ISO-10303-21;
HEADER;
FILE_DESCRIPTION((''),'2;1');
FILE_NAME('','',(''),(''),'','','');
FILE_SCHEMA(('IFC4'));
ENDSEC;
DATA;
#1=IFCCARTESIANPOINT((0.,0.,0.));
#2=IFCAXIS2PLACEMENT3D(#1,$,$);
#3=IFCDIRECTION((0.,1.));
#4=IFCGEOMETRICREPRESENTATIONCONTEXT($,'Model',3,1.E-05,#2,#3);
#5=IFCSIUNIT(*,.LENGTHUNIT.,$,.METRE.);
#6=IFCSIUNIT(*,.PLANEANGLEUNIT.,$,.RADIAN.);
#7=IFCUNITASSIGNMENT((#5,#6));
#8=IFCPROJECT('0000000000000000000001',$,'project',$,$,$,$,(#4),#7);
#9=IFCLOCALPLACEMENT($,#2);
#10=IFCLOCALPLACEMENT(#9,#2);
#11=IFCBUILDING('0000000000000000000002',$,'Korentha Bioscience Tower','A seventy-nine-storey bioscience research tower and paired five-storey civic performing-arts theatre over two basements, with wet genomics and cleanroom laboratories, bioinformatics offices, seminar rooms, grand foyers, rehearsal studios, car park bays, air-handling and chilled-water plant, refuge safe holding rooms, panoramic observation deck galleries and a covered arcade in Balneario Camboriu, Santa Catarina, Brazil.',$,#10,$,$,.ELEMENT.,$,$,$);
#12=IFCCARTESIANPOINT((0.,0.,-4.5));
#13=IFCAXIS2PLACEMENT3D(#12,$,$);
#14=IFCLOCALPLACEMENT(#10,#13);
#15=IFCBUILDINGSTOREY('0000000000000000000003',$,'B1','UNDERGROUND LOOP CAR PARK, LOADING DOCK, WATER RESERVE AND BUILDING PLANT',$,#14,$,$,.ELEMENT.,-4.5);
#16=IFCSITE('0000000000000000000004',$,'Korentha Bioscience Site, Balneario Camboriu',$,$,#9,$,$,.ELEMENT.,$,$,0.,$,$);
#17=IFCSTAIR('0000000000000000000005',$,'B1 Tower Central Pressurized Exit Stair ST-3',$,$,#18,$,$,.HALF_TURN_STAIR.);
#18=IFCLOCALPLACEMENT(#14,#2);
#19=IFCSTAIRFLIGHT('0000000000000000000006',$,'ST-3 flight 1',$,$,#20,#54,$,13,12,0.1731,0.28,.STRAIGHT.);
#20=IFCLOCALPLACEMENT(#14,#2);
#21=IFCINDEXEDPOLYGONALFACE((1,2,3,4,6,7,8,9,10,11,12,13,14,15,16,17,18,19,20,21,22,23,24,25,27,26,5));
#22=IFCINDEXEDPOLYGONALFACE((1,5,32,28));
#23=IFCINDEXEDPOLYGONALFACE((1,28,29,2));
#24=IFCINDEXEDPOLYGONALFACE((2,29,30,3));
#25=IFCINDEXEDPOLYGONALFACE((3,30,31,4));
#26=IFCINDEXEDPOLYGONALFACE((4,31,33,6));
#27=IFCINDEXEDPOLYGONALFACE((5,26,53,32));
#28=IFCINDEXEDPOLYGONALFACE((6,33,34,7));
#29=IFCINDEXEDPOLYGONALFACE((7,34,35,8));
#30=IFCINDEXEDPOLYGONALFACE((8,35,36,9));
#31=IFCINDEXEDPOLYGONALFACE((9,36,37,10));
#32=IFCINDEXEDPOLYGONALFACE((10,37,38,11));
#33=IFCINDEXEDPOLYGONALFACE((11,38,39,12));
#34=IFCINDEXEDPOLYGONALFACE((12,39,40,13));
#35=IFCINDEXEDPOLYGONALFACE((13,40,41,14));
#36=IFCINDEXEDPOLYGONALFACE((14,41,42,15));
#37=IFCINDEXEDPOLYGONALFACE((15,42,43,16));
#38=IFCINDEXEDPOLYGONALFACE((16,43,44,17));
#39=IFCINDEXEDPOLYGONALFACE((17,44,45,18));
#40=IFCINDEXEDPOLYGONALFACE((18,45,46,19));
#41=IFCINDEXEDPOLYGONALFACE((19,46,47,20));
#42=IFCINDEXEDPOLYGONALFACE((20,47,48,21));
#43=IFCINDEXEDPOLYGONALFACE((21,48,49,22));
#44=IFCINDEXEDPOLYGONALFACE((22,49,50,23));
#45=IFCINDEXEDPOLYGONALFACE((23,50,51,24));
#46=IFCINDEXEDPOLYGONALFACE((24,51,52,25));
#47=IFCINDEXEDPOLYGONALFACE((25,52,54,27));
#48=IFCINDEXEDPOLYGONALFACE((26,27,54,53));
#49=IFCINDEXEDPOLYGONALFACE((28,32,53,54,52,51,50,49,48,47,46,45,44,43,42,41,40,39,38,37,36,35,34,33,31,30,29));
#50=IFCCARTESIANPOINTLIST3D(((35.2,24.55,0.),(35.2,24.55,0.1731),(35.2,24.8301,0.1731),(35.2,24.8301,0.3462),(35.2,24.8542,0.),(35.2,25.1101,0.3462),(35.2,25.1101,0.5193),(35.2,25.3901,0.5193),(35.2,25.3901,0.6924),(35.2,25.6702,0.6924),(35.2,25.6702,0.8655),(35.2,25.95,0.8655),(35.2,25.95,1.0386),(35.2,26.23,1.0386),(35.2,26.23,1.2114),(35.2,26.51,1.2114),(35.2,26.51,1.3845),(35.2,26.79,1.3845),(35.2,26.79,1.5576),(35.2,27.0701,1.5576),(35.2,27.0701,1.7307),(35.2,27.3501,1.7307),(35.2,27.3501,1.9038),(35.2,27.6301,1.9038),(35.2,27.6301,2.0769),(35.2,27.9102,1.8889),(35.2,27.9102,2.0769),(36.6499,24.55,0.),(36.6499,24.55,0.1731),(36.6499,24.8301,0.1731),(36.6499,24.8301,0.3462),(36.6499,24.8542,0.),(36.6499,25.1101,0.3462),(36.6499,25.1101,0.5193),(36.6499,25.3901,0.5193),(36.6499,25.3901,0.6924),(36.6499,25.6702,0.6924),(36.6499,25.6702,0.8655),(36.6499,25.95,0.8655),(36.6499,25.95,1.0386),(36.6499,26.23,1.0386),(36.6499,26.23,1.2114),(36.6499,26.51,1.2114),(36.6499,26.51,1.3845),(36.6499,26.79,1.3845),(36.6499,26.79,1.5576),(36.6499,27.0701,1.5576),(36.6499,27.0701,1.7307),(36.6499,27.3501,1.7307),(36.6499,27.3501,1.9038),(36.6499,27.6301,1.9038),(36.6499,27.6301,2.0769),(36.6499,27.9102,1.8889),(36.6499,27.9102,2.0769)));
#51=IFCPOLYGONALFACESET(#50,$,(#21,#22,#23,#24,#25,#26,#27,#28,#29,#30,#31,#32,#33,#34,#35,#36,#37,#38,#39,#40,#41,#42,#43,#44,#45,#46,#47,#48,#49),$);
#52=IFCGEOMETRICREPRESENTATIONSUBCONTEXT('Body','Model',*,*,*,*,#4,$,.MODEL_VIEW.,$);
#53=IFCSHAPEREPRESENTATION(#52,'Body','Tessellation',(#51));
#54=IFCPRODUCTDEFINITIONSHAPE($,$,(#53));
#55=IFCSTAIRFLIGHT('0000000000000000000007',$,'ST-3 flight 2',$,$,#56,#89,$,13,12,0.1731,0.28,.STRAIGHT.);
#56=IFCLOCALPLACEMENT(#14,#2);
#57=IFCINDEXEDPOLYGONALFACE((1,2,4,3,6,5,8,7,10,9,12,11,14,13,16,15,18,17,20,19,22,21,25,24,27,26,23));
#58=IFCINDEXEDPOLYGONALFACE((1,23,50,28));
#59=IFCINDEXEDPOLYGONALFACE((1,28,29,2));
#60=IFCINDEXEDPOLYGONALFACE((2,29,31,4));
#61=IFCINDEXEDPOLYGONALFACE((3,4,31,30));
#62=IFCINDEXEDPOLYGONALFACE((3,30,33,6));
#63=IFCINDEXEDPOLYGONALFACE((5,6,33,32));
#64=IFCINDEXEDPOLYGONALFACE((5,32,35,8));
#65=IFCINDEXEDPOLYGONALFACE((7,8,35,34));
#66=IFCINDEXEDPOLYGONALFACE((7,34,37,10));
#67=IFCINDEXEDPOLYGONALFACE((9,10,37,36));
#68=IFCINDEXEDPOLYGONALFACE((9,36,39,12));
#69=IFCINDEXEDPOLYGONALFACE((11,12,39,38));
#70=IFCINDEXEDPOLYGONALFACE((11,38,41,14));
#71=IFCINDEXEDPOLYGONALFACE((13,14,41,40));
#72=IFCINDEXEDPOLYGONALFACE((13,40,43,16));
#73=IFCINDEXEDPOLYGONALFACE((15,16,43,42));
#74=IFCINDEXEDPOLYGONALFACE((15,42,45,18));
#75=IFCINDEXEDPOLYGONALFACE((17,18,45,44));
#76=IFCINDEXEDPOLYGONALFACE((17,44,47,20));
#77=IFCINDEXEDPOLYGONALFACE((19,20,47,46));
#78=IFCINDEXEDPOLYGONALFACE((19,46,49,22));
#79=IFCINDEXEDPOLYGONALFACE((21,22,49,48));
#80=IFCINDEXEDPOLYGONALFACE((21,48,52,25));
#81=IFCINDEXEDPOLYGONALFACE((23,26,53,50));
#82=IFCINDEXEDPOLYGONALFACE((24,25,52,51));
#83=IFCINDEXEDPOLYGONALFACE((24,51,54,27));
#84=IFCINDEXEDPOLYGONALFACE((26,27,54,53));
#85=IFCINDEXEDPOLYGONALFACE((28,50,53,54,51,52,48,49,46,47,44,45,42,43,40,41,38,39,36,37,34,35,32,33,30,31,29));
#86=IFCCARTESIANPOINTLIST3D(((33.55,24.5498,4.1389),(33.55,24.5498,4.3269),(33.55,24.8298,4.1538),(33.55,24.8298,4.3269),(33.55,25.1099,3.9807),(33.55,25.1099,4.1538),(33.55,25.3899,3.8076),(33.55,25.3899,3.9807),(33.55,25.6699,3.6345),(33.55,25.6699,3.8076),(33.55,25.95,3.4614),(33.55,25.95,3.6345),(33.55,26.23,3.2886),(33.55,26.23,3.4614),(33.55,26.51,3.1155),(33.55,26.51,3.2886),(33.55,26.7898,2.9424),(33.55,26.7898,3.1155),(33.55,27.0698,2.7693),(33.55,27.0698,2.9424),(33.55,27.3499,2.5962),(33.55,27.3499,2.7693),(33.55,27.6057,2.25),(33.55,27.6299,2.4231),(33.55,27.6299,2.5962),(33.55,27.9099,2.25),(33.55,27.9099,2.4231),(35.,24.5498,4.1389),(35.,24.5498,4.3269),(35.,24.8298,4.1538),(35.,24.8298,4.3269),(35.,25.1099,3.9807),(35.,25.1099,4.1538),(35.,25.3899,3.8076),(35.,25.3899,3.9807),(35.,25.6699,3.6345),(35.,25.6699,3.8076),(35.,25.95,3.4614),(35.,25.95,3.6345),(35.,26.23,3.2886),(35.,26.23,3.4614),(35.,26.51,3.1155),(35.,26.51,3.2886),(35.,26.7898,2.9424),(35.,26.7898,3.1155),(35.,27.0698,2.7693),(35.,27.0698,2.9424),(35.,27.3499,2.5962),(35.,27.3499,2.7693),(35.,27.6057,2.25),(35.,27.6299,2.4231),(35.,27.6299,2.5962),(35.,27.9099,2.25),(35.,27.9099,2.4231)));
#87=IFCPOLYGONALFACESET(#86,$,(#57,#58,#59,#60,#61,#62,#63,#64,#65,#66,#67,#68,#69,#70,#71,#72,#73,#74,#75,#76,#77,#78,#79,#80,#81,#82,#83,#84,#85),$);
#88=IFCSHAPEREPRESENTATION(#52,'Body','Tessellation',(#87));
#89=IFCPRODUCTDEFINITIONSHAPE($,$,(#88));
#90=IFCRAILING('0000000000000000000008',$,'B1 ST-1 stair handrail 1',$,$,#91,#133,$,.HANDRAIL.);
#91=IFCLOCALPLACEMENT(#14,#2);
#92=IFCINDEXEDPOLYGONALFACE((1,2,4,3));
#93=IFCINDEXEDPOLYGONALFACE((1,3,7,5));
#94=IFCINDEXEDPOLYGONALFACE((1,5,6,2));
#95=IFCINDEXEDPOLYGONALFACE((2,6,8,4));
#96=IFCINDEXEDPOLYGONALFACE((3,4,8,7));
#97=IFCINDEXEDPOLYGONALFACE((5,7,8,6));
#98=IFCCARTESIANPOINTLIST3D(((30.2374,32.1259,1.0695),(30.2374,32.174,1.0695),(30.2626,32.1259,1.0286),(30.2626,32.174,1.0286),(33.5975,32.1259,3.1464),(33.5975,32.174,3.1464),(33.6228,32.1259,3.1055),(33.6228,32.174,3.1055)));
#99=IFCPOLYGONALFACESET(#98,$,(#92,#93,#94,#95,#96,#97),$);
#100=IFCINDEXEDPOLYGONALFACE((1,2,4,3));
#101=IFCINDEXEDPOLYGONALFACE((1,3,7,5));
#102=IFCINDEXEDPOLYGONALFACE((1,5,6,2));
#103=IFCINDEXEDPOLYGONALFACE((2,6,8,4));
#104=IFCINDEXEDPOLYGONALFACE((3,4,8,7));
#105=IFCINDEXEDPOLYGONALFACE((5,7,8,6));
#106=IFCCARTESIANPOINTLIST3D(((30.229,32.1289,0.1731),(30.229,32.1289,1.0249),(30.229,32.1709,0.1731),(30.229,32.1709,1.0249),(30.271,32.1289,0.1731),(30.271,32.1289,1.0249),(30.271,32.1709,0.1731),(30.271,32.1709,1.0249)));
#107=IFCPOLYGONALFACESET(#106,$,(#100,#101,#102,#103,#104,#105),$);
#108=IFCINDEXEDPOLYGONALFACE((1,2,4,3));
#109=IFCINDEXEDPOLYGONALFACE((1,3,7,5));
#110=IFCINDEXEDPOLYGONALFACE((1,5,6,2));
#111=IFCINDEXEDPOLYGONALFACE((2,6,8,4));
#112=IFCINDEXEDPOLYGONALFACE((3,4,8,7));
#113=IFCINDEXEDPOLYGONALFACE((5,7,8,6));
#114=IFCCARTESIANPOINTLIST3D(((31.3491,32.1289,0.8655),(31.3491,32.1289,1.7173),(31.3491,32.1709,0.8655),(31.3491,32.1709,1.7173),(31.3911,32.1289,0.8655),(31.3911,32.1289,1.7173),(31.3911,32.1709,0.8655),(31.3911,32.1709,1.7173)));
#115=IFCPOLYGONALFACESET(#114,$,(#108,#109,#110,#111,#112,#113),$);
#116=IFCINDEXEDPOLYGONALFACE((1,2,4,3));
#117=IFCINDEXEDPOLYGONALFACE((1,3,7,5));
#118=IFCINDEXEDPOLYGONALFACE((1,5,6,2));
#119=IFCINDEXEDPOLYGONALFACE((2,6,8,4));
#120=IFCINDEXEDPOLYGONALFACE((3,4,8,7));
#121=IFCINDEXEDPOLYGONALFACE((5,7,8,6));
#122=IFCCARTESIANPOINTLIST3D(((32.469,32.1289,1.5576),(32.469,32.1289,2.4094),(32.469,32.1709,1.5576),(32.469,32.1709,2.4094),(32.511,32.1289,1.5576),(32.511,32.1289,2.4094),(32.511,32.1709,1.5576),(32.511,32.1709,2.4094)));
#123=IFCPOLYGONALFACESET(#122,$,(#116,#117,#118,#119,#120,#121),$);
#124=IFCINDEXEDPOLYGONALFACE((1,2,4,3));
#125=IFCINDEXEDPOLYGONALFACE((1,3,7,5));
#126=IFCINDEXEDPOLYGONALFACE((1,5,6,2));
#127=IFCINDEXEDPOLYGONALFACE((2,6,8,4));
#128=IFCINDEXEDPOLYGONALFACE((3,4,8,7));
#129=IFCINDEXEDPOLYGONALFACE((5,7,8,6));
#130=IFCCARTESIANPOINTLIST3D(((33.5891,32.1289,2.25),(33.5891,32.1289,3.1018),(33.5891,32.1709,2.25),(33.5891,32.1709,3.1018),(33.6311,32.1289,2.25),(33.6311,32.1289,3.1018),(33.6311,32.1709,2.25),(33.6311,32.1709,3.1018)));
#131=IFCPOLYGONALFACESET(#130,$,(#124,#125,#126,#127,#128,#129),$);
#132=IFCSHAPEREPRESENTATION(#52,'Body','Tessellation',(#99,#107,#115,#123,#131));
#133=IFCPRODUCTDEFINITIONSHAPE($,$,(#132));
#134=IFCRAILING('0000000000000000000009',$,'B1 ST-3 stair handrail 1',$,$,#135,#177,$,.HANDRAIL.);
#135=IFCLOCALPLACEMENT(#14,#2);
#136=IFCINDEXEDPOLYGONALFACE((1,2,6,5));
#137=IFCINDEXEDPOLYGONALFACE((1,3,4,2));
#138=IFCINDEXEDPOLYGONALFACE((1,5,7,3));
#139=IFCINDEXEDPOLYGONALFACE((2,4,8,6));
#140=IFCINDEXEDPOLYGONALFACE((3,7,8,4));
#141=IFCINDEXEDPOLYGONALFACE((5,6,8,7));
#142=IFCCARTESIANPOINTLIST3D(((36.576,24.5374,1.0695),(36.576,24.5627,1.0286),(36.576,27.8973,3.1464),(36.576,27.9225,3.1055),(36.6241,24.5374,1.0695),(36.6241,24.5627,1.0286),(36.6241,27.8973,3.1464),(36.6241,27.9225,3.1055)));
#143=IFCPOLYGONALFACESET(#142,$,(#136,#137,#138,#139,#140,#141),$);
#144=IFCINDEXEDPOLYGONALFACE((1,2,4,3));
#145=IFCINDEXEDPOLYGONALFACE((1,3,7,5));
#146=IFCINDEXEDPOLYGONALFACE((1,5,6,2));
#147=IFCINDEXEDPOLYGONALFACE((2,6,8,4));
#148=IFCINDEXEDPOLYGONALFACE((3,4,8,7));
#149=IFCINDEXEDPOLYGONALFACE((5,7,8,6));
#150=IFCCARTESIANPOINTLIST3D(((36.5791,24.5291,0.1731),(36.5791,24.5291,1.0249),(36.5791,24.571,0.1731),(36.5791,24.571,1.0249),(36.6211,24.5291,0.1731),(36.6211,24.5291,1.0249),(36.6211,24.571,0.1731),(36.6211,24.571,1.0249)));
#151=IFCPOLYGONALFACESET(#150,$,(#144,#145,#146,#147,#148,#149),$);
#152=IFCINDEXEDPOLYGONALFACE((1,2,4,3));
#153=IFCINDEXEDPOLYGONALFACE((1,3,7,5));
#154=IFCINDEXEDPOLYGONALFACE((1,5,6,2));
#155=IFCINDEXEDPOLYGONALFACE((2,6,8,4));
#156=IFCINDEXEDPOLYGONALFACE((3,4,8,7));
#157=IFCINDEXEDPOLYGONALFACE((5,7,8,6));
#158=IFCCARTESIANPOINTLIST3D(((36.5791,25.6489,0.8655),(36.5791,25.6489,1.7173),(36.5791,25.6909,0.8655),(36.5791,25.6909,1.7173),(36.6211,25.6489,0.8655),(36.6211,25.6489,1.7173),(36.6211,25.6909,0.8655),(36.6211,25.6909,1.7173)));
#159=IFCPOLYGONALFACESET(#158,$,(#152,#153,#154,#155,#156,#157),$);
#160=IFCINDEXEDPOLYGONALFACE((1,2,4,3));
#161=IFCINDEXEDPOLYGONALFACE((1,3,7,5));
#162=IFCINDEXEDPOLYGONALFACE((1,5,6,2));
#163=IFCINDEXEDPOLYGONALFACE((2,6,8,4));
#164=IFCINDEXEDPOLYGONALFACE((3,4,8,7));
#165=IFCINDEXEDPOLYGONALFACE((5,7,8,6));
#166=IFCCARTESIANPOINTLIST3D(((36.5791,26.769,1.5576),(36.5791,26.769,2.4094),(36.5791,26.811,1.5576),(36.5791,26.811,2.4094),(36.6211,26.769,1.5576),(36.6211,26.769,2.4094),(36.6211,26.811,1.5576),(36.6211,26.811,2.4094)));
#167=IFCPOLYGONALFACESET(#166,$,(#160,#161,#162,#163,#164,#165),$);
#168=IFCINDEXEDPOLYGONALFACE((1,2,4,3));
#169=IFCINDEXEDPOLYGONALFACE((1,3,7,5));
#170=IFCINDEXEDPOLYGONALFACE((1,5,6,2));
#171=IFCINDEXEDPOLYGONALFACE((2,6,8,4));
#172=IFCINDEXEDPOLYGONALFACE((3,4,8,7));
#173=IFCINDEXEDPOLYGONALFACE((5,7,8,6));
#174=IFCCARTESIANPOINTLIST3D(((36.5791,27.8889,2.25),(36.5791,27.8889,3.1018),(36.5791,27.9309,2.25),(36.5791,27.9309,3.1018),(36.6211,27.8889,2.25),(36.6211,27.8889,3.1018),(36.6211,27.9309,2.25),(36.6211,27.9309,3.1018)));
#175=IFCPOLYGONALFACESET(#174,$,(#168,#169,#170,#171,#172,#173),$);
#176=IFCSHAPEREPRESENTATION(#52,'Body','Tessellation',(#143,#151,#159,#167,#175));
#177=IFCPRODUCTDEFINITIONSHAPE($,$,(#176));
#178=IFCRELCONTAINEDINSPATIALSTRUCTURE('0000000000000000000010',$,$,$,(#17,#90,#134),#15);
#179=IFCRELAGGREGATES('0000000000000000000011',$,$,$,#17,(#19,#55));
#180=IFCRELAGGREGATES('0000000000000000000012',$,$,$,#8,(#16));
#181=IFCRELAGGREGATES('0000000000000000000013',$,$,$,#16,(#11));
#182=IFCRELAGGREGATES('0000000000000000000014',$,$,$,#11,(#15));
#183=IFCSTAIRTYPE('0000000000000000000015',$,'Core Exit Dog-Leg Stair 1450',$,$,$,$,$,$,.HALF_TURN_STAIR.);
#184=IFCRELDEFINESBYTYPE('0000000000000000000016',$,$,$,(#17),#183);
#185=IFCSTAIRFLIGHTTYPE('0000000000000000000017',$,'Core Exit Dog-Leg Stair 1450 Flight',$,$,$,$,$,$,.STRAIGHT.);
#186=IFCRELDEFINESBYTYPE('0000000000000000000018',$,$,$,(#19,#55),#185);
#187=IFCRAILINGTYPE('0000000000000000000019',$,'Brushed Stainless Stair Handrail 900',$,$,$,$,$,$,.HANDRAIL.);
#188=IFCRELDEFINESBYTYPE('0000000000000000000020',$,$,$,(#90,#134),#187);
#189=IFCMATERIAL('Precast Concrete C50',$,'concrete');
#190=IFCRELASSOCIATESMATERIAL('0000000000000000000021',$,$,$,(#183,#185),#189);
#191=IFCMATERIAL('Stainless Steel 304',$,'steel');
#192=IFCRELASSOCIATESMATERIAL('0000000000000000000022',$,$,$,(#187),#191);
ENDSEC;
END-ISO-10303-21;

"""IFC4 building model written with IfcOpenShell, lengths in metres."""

from ifc_helpers import new_model, si_unit, direction, frame, origin, origin_2d, place, context, subcontext, project, spatial, polyline, rectangle, outline, extrude, material, type_object, element, aggregate, save


model = new_model("IFC4")

# Units and contexts
model_context = context("Model", 3, precision=1e-05, world=origin(), true_north=direction((0.0, 1.0)))
body_context = subcontext(model_context, "Body", "Model", "MODEL_VIEW")
ifc_project = project(units=[si_unit("LENGTHUNIT", "METRE"), si_unit("PLANEANGLEUNIT", "RADIAN")], contexts=[model_context])

# Site, building, storey
site_placement = place(None, origin())
site = spatial("IfcSite", under=ifc_project, at=site_placement, Name="Korentha Bioscience Site, Balneario Camboriu", CompositionType="ELEMENT", RefElevation=0.0)
building_placement = place(site_placement, origin())
building = spatial("IfcBuilding", under=site, at=building_placement, Name="Korentha Bioscience Tower", Description="A seventy-nine-storey bioscience research tower and paired five-storey civic performing-arts theatre over two basements, with wet genomics and cleanroom laboratories, bioinformatics offices, seminar rooms, grand foyers, rehearsal studios, car park bays, air-handling and chilled-water plant, refuge safe holding rooms, panoramic observation deck galleries and a covered arcade in Balneario Camboriu, Santa Catarina, Brazil.", CompositionType="ELEMENT")
storey_placement = place(building_placement, frame((0.0, 0.0, -4.5)))
storey = spatial("IfcBuildingStorey", under=building, at=storey_placement, Name="B1", Description="UNDERGROUND LOOP CAR PARK, LOADING DOCK, WATER RESERVE AND BUILDING PLANT", CompositionType="ELEMENT", Elevation=-4.5)

# Shared definitions
ifc_material_1 = material(Name="Precast Concrete C50", Category="concrete")
stair_type = type_object("IfcStairType", Name="Core Exit Dog-Leg Stair 1450", PredefinedType="HALF_TURN_STAIR", material=ifc_material_1)
stair_flight_type = type_object("IfcStairFlightType", Name="Core Exit Dog-Leg Stair 1450 Flight", PredefinedType="STRAIGHT", material=ifc_material_1)

# Stair, stair flights
stair_1_placement = place(storey_placement, origin())
stair_1 = element("IfcStair", 1, at=stair_1_placement, inside=storey, type_object=stair_type, Name="B1 Tower Central Pressurized Exit Stair ST-3", PredefinedType="HALF_TURN_STAIR")
stair_flight_1_placement = place(storey_placement, frame((35.925, 24.55, 0.0), z_axis=(0.0, 0.0, 1.0), x_axis=(0.0, 1.0, 0.0)))
stair_flight_1 = element("IfcStairFlight", 2, at=stair_flight_1_placement, type_object=stair_flight_type, Name="ST-3 flight 1", NumberOfRisers=13, NumberOfTreads=12, PredefinedType="STRAIGHT", RiserHeight=0.1731, TreadLength=0.28, context=body_context, shape_type="SweptSolid", body=[
    extrude(outline(polyline([(0.0, 0.0), (0.0, 0.1731), (0.28, 0.1731), (0.28, 0.3462), (0.5601, 0.3462), (0.5601, 0.5193), (0.8401, 0.5193), (0.8401, 0.6924), (1.1201, 0.6924), (1.1201, 0.8655), (1.3999, 0.8655), (1.3999, 1.0386), (1.6799, 1.0386), (1.6799, 1.2114), (1.96, 1.2114), (1.96, 1.3845), (2.24, 1.3845), (2.24, 1.5576), (2.52, 1.5576), (2.52, 1.7307), (2.8, 1.7307), (2.8, 1.9038), (3.0801, 1.9038), (3.0801, 2.0769), (3.3601, 2.0769), (3.3601, 2.25), (3.3601, 1.8889), (0.3042, 0.0), (0.0, 0.0)])), frame((0.0, 0.7251, 0.0), z_axis=(0.0, -1.0, 0.0), x_axis=(1.0, 0.0, 0.0)), (0.0, 0.0, 1.0), 1.45),
])
stair_flight_2_placement = place(storey_placement, frame((34.2749, 27.9099, 2.25), z_axis=(0.0, 0.0, 1.0), x_axis=(0.0, -1.0, 0.0)))
stair_flight_2 = element("IfcStairFlight", 3, at=stair_flight_2_placement, type_object=stair_flight_type, Name="ST-3 flight 2", NumberOfRisers=13, NumberOfTreads=12, PredefinedType="STRAIGHT", RiserHeight=0.1731, TreadLength=0.28, context=body_context, shape_type="SweptSolid", body=[
    extrude(outline(polyline([(0.0, 0.0), (0.0, 0.1731), (0.28, 0.1731), (0.28, 0.3462), (0.5601, 0.3462), (0.5601, 0.5193), (0.8401, 0.5193), (0.8401, 0.6924), (1.1201, 0.6924), (1.1201, 0.8655), (1.3999, 0.8655), (1.3999, 1.0386), (1.6799, 1.0386), (1.6799, 1.2114), (1.96, 1.2114), (1.96, 1.3845), (2.24, 1.3845), (2.24, 1.5576), (2.52, 1.5576), (2.52, 1.7307), (2.8, 1.7307), (2.8, 1.9038), (3.0801, 1.9038), (3.0801, 2.0769), (3.3601, 2.0769), (3.3601, 2.25), (3.3601, 1.8889), (0.3042, 0.0), (0.0, 0.0)])), frame((0.0, 0.7251, 0.0), z_axis=(0.0, -1.0, 0.0), x_axis=(1.0, 0.0, 0.0)), (0.0, 0.0, 1.0), 1.45),
])
aggregate(stair_1, [stair_flight_1, stair_flight_2])

# Railings
ifc_material_2 = material(Name="Stainless Steel 304", Category="steel")
railing_type_1 = type_object("IfcRailingType", Name="Brushed Stainless Stair Handrail 900", PredefinedType="HANDRAIL", material=ifc_material_2)
railing_1_placement = place(storey_placement, frame((30.25, 32.1499, 0.1731)))
element("IfcRailing", 4, at=railing_1_placement, inside=storey, type_object=railing_type_1, Name="B1 ST-1 stair handrail 1", PredefinedType="HANDRAIL", context=body_context, shape_type="SweptSolid", body=[
    extrude(rectangle(XDim=0.0481, YDim=0.0481, at=origin_2d()), frame((0.0, 0.0, 0.876), z_axis=(0.850623, 0.0, 0.525776), x_axis=(0.0, 1.0, 0.0)), (0.0, 0.0, 1.0), 3.9502),
    extrude(rectangle(XDim=0.042, YDim=0.042, at=origin_2d()), origin(), (0.0, 0.0, 1.0), 0.8518),
    extrude(rectangle(XDim=0.042, YDim=0.042, at=origin_2d()), frame((1.1201, 0.0, 0.6924)), (0.0, 0.0, 1.0), 0.8518),
    extrude(rectangle(XDim=0.042, YDim=0.042, at=origin_2d()), frame((2.24, 0.0, 1.3845)), (0.0, 0.0, 1.0), 0.8518),
    extrude(rectangle(XDim=0.042, YDim=0.042, at=origin_2d()), frame((3.3601, 0.0, 2.0769)), (0.0, 0.0, 1.0), 0.8518),
])
railing_2_placement = place(storey_placement, frame((36.6001, 24.55, 0.1731)))
element("IfcRailing", 5, at=railing_2_placement, inside=storey, type_object=railing_type_1, Name="B1 ST-3 stair handrail 1", PredefinedType="HANDRAIL", context=body_context, shape_type="SweptSolid", body=[
    extrude(rectangle(XDim=0.0481, YDim=0.0481, at=origin_2d()), frame((0.0, 0.0, 0.876), z_axis=(0.0, 0.850606, 0.525803), x_axis=(-1.0, 0.0, 0.0)), (0.0, 0.0, 1.0), 3.95),
    extrude(rectangle(XDim=0.042, YDim=0.042, at=origin_2d()), origin(), (0.0, 0.0, 1.0), 0.8518),
    extrude(rectangle(XDim=0.042, YDim=0.042, at=origin_2d()), frame((0.0, 1.1199, 0.6924)), (0.0, 0.0, 1.0), 0.8518),
    extrude(rectangle(XDim=0.042, YDim=0.042, at=origin_2d()), frame((0.0, 2.24, 1.3845)), (0.0, 0.0, 1.0), 0.8518),
    extrude(rectangle(XDim=0.042, YDim=0.042, at=origin_2d()), frame((0.0, 3.3599, 2.0769)), (0.0, 0.0, 1.0), 0.8518),
])

save(model, "model.ifc")
